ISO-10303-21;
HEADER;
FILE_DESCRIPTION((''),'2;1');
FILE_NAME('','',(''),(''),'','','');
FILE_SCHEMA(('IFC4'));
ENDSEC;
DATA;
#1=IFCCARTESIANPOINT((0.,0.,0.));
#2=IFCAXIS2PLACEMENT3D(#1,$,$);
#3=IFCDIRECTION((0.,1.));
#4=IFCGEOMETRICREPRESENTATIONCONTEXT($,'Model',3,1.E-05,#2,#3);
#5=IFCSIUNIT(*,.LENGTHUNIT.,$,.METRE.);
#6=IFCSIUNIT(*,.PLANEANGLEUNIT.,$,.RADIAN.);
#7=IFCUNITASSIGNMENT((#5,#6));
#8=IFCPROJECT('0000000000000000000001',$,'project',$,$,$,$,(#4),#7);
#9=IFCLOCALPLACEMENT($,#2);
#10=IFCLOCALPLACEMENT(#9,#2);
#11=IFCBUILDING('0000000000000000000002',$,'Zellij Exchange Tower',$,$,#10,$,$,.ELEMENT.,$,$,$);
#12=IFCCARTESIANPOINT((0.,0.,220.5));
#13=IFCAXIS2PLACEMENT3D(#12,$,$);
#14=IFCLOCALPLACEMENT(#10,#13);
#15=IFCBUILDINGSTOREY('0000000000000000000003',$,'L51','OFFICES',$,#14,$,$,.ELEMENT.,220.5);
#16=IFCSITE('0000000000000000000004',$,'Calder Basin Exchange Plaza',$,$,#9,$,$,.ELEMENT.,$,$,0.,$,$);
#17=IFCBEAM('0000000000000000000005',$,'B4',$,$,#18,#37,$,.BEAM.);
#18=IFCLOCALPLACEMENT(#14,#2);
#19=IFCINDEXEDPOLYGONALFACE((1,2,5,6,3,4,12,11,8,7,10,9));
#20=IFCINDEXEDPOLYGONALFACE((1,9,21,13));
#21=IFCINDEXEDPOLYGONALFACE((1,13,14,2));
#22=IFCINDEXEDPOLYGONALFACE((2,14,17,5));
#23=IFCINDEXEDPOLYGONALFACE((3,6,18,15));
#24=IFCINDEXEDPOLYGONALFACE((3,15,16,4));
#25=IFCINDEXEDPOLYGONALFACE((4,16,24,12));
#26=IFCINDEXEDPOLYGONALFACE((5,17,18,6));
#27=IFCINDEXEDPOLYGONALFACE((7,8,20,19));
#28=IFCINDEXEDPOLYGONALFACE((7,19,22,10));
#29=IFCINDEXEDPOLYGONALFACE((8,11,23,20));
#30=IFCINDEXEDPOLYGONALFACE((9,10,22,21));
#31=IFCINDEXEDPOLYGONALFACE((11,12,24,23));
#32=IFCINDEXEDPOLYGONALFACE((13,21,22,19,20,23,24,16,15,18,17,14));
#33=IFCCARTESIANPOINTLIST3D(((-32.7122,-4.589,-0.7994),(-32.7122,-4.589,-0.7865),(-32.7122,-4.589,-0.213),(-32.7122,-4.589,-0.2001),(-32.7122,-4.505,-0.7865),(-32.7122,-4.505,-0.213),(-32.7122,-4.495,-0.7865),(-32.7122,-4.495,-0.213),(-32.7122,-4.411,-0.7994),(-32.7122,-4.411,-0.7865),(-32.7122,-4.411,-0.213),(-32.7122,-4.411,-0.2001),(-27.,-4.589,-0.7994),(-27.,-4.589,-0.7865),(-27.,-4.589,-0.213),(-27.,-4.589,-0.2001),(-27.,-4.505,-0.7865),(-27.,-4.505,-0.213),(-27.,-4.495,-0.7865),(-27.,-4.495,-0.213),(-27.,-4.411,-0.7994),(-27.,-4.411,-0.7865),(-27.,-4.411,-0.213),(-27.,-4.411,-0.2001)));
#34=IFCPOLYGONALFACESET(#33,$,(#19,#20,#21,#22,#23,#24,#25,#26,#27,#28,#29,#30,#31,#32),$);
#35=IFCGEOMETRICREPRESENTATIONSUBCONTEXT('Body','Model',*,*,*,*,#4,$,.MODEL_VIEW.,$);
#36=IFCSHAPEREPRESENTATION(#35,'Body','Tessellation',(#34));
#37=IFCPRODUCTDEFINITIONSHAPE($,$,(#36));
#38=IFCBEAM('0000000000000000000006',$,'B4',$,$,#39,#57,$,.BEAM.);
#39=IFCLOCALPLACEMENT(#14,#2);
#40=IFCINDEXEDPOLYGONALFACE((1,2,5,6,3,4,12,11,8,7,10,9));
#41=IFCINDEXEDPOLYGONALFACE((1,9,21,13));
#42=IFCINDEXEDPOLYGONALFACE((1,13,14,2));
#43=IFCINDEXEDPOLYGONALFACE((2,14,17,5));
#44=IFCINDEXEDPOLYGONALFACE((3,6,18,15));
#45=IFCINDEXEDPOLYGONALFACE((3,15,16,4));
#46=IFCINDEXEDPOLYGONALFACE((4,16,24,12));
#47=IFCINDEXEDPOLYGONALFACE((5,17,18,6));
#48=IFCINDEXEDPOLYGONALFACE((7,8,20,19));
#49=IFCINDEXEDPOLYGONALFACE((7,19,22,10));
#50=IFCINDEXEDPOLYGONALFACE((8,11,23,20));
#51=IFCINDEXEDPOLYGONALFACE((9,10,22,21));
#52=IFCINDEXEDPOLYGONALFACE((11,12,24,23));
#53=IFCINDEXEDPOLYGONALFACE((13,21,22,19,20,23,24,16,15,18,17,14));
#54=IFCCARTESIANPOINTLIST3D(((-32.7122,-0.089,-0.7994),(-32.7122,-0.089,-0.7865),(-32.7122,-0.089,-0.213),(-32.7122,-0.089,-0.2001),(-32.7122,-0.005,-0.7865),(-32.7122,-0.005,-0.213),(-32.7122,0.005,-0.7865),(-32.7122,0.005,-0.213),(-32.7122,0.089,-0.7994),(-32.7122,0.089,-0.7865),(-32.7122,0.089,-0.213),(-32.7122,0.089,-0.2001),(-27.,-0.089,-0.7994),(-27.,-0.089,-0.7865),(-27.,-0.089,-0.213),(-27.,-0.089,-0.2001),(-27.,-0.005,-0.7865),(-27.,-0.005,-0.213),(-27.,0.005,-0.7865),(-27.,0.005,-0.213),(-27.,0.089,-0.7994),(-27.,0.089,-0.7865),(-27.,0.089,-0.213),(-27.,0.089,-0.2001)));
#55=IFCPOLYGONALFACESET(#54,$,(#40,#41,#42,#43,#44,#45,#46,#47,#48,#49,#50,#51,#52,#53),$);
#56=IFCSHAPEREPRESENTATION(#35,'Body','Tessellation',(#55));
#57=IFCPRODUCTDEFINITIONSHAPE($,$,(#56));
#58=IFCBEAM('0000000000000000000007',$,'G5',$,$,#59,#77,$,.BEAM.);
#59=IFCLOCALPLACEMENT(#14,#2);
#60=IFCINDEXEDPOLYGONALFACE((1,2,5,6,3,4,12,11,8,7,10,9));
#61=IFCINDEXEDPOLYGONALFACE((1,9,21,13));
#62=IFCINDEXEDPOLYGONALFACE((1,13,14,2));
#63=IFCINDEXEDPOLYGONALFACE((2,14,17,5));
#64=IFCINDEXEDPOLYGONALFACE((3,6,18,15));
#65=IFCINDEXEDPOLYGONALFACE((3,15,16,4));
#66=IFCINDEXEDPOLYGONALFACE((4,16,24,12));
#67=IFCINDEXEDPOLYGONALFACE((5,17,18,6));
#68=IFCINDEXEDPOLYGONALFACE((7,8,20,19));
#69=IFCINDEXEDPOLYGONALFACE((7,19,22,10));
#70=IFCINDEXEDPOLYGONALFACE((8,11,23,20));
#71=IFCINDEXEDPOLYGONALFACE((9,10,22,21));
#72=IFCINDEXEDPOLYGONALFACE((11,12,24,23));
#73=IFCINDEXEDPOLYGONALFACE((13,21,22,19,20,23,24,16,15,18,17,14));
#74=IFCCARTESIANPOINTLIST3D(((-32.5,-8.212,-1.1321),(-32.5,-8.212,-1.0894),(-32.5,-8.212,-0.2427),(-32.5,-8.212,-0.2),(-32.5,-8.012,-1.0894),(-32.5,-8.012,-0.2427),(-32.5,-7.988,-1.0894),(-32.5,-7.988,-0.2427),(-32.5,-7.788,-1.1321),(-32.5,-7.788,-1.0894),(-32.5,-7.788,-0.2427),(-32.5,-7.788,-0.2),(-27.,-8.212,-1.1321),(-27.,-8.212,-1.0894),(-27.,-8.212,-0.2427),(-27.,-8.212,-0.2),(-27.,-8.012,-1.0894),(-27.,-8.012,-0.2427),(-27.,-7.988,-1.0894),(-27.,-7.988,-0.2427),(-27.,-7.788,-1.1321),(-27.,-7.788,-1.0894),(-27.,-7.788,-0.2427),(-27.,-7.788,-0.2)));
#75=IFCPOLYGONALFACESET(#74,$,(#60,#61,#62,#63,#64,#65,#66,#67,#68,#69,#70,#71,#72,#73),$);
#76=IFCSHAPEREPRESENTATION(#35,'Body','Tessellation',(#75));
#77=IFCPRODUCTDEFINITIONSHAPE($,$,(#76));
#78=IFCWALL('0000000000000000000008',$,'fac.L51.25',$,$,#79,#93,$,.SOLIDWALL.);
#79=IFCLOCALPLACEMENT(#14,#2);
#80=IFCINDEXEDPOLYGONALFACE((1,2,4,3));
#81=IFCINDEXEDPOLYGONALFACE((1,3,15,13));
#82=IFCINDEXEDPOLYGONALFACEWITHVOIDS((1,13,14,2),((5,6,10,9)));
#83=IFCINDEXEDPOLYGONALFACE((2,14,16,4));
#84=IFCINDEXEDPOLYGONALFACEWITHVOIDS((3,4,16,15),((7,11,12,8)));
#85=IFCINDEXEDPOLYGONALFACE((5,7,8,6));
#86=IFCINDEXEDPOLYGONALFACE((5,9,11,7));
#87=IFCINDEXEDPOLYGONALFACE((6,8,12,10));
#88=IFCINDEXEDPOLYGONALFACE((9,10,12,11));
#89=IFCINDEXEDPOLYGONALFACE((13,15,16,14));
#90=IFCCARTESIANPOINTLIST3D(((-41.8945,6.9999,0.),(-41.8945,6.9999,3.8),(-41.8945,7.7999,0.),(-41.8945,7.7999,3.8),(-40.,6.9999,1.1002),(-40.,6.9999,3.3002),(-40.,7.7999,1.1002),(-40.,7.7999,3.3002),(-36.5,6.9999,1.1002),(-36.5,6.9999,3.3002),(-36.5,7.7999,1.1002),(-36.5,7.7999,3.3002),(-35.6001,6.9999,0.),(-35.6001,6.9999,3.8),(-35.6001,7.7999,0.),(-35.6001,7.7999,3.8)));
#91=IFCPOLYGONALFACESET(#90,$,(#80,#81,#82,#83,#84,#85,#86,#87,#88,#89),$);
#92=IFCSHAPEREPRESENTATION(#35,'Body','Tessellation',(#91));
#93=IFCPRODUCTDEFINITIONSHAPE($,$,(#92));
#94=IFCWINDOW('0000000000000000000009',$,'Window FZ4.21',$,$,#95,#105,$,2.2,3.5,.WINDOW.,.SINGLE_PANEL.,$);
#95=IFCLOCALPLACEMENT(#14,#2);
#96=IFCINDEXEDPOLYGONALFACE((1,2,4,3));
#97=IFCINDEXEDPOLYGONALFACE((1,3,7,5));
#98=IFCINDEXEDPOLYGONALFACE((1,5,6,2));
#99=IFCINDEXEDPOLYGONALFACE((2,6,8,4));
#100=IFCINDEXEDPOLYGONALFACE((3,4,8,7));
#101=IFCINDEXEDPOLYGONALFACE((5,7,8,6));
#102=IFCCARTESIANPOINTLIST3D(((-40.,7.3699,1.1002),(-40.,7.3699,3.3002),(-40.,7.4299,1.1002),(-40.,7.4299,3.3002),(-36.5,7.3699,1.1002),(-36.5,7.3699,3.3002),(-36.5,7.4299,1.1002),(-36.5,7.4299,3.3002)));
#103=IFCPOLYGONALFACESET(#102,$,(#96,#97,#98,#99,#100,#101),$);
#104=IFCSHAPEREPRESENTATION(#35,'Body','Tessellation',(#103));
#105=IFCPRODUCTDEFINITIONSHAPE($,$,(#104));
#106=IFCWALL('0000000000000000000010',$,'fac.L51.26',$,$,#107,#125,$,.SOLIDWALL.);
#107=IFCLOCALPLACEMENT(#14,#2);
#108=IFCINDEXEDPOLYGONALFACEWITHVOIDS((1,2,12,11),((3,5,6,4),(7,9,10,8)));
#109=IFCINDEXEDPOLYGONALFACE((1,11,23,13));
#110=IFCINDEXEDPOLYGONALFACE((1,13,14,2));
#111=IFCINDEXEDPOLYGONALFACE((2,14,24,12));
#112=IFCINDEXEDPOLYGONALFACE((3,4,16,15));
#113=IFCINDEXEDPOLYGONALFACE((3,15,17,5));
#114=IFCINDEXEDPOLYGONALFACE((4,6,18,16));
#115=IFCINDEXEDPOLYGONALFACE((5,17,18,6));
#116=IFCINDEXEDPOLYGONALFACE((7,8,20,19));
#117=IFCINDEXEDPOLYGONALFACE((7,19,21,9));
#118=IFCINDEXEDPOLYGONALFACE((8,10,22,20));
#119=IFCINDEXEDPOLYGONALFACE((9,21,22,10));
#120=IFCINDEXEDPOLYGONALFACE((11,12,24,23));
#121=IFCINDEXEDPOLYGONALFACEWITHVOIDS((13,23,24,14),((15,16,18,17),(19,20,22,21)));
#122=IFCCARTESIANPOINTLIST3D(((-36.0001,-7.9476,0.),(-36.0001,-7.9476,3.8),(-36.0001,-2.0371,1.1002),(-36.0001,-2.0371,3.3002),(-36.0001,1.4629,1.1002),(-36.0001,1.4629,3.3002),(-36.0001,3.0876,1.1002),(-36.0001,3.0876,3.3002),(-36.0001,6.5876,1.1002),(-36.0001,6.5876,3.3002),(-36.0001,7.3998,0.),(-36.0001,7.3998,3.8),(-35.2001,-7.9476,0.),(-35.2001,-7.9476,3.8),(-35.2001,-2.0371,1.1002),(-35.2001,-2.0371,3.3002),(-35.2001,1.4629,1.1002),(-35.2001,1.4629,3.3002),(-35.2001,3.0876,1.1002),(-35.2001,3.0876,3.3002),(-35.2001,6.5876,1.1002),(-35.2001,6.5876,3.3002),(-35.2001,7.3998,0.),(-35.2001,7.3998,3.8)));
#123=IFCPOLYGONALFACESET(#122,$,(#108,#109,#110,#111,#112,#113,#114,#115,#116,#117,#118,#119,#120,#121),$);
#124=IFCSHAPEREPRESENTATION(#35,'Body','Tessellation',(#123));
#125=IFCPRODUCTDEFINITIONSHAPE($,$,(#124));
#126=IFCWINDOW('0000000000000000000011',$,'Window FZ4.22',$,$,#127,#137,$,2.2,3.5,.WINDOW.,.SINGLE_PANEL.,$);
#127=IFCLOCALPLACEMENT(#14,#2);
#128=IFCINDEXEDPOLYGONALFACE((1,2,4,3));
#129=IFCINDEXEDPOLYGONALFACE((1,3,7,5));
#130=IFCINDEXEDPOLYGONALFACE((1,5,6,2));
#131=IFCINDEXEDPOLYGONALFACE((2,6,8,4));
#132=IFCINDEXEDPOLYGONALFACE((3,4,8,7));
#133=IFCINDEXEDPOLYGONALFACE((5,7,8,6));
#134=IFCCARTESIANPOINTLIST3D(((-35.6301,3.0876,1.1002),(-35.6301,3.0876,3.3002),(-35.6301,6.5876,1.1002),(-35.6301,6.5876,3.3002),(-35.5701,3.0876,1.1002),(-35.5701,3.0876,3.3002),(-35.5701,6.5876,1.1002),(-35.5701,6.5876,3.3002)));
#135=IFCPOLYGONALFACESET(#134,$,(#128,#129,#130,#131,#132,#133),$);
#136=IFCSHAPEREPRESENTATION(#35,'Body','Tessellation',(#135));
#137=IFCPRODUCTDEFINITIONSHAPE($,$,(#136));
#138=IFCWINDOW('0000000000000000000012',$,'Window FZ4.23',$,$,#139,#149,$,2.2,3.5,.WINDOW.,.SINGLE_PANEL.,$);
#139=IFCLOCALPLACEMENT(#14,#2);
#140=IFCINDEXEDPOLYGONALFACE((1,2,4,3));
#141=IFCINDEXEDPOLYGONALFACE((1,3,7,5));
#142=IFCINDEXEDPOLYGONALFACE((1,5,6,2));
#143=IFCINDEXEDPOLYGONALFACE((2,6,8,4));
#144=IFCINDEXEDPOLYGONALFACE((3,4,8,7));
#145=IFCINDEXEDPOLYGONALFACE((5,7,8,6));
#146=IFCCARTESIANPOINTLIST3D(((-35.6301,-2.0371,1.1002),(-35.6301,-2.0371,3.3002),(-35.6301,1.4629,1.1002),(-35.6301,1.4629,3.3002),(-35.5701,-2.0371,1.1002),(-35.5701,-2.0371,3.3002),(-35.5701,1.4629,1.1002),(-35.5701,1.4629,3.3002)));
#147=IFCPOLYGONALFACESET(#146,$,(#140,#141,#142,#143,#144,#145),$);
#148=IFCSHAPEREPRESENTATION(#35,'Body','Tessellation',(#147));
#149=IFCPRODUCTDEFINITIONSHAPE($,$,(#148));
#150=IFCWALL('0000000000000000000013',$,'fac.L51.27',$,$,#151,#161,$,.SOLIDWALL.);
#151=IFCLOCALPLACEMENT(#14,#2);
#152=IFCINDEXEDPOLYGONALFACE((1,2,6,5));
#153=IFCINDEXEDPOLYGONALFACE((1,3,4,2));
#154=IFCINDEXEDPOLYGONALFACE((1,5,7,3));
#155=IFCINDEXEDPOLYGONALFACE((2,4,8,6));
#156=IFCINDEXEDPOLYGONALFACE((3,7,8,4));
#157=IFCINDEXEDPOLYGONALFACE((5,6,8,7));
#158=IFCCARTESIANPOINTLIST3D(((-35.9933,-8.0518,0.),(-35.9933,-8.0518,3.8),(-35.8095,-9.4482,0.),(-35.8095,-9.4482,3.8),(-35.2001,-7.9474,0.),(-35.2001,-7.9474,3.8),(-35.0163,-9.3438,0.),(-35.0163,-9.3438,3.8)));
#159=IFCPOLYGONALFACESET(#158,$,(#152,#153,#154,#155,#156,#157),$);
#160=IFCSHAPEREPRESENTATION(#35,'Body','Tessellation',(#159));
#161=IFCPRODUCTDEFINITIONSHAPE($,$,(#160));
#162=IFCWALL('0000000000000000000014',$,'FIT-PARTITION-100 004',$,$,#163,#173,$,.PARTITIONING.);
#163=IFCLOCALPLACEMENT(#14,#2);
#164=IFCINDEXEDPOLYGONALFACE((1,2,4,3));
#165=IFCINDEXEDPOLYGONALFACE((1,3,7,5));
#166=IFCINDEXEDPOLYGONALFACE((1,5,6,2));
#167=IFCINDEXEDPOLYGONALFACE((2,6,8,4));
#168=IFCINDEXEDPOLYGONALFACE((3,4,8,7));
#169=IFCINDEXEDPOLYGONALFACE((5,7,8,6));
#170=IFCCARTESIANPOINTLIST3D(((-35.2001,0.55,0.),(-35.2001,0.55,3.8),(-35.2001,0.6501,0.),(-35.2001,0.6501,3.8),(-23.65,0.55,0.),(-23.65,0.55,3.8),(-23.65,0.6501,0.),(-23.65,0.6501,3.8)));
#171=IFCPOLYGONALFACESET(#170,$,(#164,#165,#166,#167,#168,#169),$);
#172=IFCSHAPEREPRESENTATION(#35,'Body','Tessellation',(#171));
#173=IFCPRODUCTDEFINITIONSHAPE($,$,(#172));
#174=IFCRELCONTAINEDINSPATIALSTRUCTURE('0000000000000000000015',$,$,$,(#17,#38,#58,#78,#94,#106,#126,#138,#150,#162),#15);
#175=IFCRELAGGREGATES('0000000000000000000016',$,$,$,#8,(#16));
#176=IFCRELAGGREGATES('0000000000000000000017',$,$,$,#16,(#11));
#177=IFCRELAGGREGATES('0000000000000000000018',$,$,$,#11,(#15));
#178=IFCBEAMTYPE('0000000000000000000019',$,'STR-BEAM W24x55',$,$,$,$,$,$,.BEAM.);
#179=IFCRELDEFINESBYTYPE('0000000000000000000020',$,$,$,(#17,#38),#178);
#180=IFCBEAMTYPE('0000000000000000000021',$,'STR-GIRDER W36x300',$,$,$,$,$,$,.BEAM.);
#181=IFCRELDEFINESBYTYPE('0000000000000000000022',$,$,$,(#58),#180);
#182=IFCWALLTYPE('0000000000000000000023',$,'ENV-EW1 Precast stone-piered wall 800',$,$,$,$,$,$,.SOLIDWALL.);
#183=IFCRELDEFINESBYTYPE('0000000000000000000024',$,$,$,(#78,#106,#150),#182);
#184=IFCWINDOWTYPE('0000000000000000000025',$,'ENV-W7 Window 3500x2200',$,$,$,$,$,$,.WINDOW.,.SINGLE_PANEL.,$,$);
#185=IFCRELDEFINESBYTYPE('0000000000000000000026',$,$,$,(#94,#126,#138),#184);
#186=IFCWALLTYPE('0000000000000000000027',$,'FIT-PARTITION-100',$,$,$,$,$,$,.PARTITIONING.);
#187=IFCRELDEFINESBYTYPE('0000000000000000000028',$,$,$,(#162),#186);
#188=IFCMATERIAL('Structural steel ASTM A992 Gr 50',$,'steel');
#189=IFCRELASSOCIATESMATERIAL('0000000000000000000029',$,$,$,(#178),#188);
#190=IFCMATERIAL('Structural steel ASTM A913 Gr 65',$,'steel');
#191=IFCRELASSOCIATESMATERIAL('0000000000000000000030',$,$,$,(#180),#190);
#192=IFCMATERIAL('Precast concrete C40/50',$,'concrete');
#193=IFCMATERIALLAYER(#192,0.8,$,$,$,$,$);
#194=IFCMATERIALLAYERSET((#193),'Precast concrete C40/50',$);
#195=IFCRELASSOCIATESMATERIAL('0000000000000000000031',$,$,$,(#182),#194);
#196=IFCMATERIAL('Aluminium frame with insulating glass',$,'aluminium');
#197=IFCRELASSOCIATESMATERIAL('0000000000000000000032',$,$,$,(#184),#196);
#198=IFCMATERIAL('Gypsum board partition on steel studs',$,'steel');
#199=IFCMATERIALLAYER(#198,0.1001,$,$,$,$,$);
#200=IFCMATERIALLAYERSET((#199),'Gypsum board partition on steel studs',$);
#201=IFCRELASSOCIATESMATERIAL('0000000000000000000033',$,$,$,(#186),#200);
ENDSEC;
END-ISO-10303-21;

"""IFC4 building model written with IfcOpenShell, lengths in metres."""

from ifc_helpers import new_model, si_unit, direction, frame, frame_2d, origin, origin_2d, place, context, subcontext, project, spatial, rectangle, i_section, extrude, material, layer, layer_set, material_profile, profile_set, type_object, element, fill, save


model = new_model("IFC4")

# Units and contexts
model_context = context("Model", 3, precision=1e-05, world=origin(), true_north=direction((0.0, 1.0)))
body_context = subcontext(model_context, "Body", "Model", "MODEL_VIEW")
ifc_project = project(units=[si_unit("LENGTHUNIT", "METRE"), si_unit("PLANEANGLEUNIT", "RADIAN")], contexts=[model_context])

# Site, building, storey
site_placement = place(None, origin())
site = spatial("IfcSite", under=ifc_project, at=site_placement, Name="Calder Basin Exchange Plaza", CompositionType="ELEMENT", RefElevation=0.0)
building_placement = place(site_placement, origin())
building = spatial("IfcBuilding", under=site, at=building_placement, Name="Zellij Exchange Tower", CompositionType="ELEMENT")
storey_placement = place(building_placement, frame((0.0, 0.0, 220.5)))
storey = spatial("IfcBuildingStorey", under=building, at=storey_placement, Name="L51", Description="OFFICES", CompositionType="ELEMENT", Elevation=220.5)

# Beams
ifc_material_1 = material(Name="Structural steel ASTM A992 Gr 50", Category="steel")
ifc_material_profile_1 = material_profile(ifc_material_1, i_section(OverallWidth=0.178, OverallDepth=0.5994, WebThickness=0.01, FlangeThickness=0.0129, at=origin_2d()), Name="W24x55")
ifc_profile_set_1 = profile_set([ifc_material_profile_1], Name="Structural steel ASTM A992 Gr 50")
beam_type_1 = type_object("IfcBeamType", Name="STR-BEAM W24x55", PredefinedType="BEAM", material=ifc_profile_set_1)
for number, where, z_axis, x_axis, name in (
    (1, (-32.7122, -4.5, -0.4998), (1.0, 0.0, 0.0), (0.0, 1.0, 0.0), "B4"),
    (2, (-32.7122, 0.0, -0.4998), (1.0, 0.0, 0.0), (0.0, 1.0, 0.0), "B4"),
):
    element("IfcBeam", number, at=place(storey_placement, frame(where, z_axis=z_axis, x_axis=x_axis)), inside=storey, type_object=beam_type_1, Name=name, PredefinedType="BEAM", context=body_context, shape_type="SweptSolid", body=[
        extrude(i_section(OverallWidth=0.178, OverallDepth=0.5994, WebThickness=0.01, FlangeThickness=0.0129, at=origin_2d()), origin(), (0.0, 0.0, 1.0), 5.7122),
    ])
ifc_material_2 = material(Name="Structural steel ASTM A913 Gr 65", Category="steel")
ifc_material_profile_2 = material_profile(ifc_material_2, i_section(OverallWidth=0.4241, OverallDepth=0.9321, WebThickness=0.0239, FlangeThickness=0.0427, at=origin_2d()), Name="W36x300")
ifc_profile_set_2 = profile_set([ifc_material_profile_2], Name="Structural steel ASTM A913 Gr 65")
beam_type_2 = type_object("IfcBeamType", Name="STR-GIRDER W36x300", PredefinedType="BEAM", material=ifc_profile_set_2)
beam_placement = place(storey_placement, frame((-32.5, -8.0, -0.666), z_axis=(1.0, 0.0, 0.0), x_axis=(0.0, 1.0, 0.0)))
element("IfcBeam", 3, at=beam_placement, inside=storey, type_object=beam_type_2, Name="G5", PredefinedType="BEAM", context=body_context, shape_type="SweptSolid", body=[
    extrude(i_section(OverallWidth=0.4241, OverallDepth=0.9321, WebThickness=0.0239, FlangeThickness=0.0427, at=origin_2d()), origin(), (0.0, 0.0, 1.0), 5.5),
])

# Wall, opening, window
ifc_material_3 = material(Name="Precast concrete C40/50", Category="concrete")
ifc_layer_1 = layer(ifc_material_3, 0.8)
ifc_layer_set_1 = layer_set([ifc_layer_1], Name="Precast concrete C40/50")
wall_type_1 = type_object("IfcWallType", Name="ENV-EW1 Precast stone-piered wall 800", PredefinedType="SOLIDWALL", material=ifc_layer_set_1)
wall_1_placement = place(storey_placement, frame((-41.8945, 7.3999, 0.0), z_axis=(0.0, 0.0, 1.0), x_axis=(1.0, 0.0, 0.0)))
wall_1 = element("IfcWall", 4, at=wall_1_placement, inside=storey, type_object=wall_type_1, Name="fac.L51.25", PredefinedType="SOLIDWALL", context=body_context, shape_type="SweptSolid", body=[
    extrude(rectangle(XDim=6.2944, YDim=0.8, at=frame_2d((3.1472, 0.0))), origin(), (0.0, 0.0, 1.0), 3.8),
])
opening_1_placement = place(wall_1_placement, frame((1.8945, 0.0, 1.1001)))
opening_1 = element("IfcOpeningElement", 5, at=opening_1_placement, cuts=wall_1, PredefinedType="OPENING", context=body_context, shape_type="SweptSolid", body=[
    extrude(rectangle(XDim=3.5, YDim=2.2, at=frame_2d((1.75, 1.1001))), frame((0.0, 0.4121, 0.0), z_axis=(0.0, -1.0, 0.0), x_axis=(1.0, 0.0, 0.0)), (0.0, 0.0, 1.0), 0.824),
])
ifc_material_4 = material(Name="Aluminium frame with insulating glass", Category="aluminium")
window_type = type_object("IfcWindowType", Name="ENV-W7 Window 3500x2200", PartitioningType="SINGLE_PANEL", PredefinedType="WINDOW", material=ifc_material_4)
window_1_placement = place(opening_1_placement, origin())
window_1 = element("IfcWindow", 6, at=window_1_placement, inside=storey, type_object=window_type, Name="Window FZ4.21", OverallHeight=2.2, OverallWidth=3.5, PartitioningType="SINGLE_PANEL", PredefinedType="WINDOW", context=body_context, shape_type="SweptSolid", body=[
    extrude(rectangle(XDim=3.5, YDim=2.2, at=frame_2d((1.75, 1.1001))), frame((0.0, 0.03, 0.0), z_axis=(0.0, -1.0, 0.0), x_axis=(1.0, 0.0, 0.0)), (0.0, 0.0, 1.0), 0.0601),
])
fill(opening_1, window_1)

# Wall, openings, windows
wall_2_placement = place(storey_placement, frame((-35.6001, 7.3999, 0.0), z_axis=(0.0, 0.0, 1.0), x_axis=(0.0, -1.0, 0.0)))
wall_2 = element("IfcWall", 7, at=wall_2_placement, inside=storey, type_object=wall_type_1, Name="fac.L51.26", PredefinedType="SOLIDWALL", context=body_context, shape_type="SweptSolid", body=[
    extrude(rectangle(XDim=15.3474, YDim=0.8, at=frame_2d((7.6738, 0.0))), origin(), (0.0, 0.0, 1.0), 3.8),
])
opening_2_placement = place(wall_2_placement, frame((0.8123, 0.0, 1.1001)))
opening_2 = element("IfcOpeningElement", 8, at=opening_2_placement, cuts=wall_2, PredefinedType="OPENING", context=body_context, shape_type="SweptSolid", body=[
    extrude(rectangle(XDim=3.5, YDim=2.2, at=frame_2d((1.75, 1.1001))), frame((0.0, 0.4121, 0.0), z_axis=(0.0, -1.0, 0.0), x_axis=(1.0, 0.0, 0.0)), (0.0, 0.0, 1.0), 0.824),
])
opening_3_placement = place(wall_2_placement, frame((5.937, 0.0, 1.1001)))
opening_3 = element("IfcOpeningElement", 9, at=opening_3_placement, cuts=wall_2, PredefinedType="OPENING", context=body_context, shape_type="SweptSolid", body=[
    extrude(rectangle(XDim=3.5, YDim=2.2, at=frame_2d((1.75, 1.1001))), frame((0.0, 0.4121, 0.0), z_axis=(0.0, -1.0, 0.0), x_axis=(1.0, 0.0, 0.0)), (0.0, 0.0, 1.0), 0.824),
])
window_2_placement = place(opening_2_placement, origin())
window_2 = element("IfcWindow", 10, at=window_2_placement, inside=storey, type_object=window_type, Name="Window FZ4.22", OverallHeight=2.2, OverallWidth=3.5, PartitioningType="SINGLE_PANEL", PredefinedType="WINDOW", context=body_context, shape_type="SweptSolid", body=[
    extrude(rectangle(XDim=3.5, YDim=2.2, at=frame_2d((1.75, 1.1001))), frame((0.0, 0.03, 0.0), z_axis=(0.0, -1.0, 0.0), x_axis=(1.0, 0.0, 0.0)), (0.0, 0.0, 1.0), 0.0601),
])
fill(opening_2, window_2)
window_3_placement = place(opening_3_placement, origin())
window_3 = element("IfcWindow", 11, at=window_3_placement, inside=storey, type_object=window_type, Name="Window FZ4.23", OverallHeight=2.2, OverallWidth=3.5, PartitioningType="SINGLE_PANEL", PredefinedType="WINDOW", context=body_context, shape_type="SweptSolid", body=[
    extrude(rectangle(XDim=3.5, YDim=2.2, at=frame_2d((1.75, 1.1001))), frame((0.0, 0.03, 0.0), z_axis=(0.0, -1.0, 0.0), x_axis=(1.0, 0.0, 0.0)), (0.0, 0.0, 1.0), 0.0601),
])
fill(opening_3, window_3)

# Walls
wall_3_placement = place(storey_placement, frame((-35.5967, -7.9998, 0.0), z_axis=(0.0, 0.0, 1.0), x_axis=(0.130517, -0.991446, 0.0)))
element("IfcWall", 12, at=wall_3_placement, inside=storey, type_object=wall_type_1, Name="fac.L51.27", PredefinedType="SOLIDWALL", context=body_context, shape_type="SweptSolid", body=[
    extrude(rectangle(XDim=1.4084, YDim=0.8, at=frame_2d((0.7041, 0.0))), origin(), (0.0, 0.0, 1.0), 3.8),
])
ifc_material_5 = material(Name="Gypsum board partition on steel studs", Category="steel")
ifc_layer_2 = layer(ifc_material_5, 0.1001)
ifc_layer_set_2 = layer_set([ifc_layer_2], Name="Gypsum board partition on steel studs")
wall_type_2 = type_object("IfcWallType", Name="FIT-PARTITION-100", PredefinedType="PARTITIONING", material=ifc_layer_set_2)
wall_4_placement = place(storey_placement, frame((-35.2, 0.6001, 0.0), z_axis=(0.0, 0.0, 1.0), x_axis=(1.0, 0.0, 0.0)))
element("IfcWall", 13, at=wall_4_placement, inside=storey, type_object=wall_type_2, Name="FIT-PARTITION-100 004", PredefinedType="PARTITIONING", context=body_context, shape_type="SweptSolid", body=[
    extrude(rectangle(XDim=11.55, YDim=0.1001, at=frame_2d((5.7749, 0.0))), origin(), (0.0, 0.0, 1.0), 3.8),
])

save(model, "model.ifc")
